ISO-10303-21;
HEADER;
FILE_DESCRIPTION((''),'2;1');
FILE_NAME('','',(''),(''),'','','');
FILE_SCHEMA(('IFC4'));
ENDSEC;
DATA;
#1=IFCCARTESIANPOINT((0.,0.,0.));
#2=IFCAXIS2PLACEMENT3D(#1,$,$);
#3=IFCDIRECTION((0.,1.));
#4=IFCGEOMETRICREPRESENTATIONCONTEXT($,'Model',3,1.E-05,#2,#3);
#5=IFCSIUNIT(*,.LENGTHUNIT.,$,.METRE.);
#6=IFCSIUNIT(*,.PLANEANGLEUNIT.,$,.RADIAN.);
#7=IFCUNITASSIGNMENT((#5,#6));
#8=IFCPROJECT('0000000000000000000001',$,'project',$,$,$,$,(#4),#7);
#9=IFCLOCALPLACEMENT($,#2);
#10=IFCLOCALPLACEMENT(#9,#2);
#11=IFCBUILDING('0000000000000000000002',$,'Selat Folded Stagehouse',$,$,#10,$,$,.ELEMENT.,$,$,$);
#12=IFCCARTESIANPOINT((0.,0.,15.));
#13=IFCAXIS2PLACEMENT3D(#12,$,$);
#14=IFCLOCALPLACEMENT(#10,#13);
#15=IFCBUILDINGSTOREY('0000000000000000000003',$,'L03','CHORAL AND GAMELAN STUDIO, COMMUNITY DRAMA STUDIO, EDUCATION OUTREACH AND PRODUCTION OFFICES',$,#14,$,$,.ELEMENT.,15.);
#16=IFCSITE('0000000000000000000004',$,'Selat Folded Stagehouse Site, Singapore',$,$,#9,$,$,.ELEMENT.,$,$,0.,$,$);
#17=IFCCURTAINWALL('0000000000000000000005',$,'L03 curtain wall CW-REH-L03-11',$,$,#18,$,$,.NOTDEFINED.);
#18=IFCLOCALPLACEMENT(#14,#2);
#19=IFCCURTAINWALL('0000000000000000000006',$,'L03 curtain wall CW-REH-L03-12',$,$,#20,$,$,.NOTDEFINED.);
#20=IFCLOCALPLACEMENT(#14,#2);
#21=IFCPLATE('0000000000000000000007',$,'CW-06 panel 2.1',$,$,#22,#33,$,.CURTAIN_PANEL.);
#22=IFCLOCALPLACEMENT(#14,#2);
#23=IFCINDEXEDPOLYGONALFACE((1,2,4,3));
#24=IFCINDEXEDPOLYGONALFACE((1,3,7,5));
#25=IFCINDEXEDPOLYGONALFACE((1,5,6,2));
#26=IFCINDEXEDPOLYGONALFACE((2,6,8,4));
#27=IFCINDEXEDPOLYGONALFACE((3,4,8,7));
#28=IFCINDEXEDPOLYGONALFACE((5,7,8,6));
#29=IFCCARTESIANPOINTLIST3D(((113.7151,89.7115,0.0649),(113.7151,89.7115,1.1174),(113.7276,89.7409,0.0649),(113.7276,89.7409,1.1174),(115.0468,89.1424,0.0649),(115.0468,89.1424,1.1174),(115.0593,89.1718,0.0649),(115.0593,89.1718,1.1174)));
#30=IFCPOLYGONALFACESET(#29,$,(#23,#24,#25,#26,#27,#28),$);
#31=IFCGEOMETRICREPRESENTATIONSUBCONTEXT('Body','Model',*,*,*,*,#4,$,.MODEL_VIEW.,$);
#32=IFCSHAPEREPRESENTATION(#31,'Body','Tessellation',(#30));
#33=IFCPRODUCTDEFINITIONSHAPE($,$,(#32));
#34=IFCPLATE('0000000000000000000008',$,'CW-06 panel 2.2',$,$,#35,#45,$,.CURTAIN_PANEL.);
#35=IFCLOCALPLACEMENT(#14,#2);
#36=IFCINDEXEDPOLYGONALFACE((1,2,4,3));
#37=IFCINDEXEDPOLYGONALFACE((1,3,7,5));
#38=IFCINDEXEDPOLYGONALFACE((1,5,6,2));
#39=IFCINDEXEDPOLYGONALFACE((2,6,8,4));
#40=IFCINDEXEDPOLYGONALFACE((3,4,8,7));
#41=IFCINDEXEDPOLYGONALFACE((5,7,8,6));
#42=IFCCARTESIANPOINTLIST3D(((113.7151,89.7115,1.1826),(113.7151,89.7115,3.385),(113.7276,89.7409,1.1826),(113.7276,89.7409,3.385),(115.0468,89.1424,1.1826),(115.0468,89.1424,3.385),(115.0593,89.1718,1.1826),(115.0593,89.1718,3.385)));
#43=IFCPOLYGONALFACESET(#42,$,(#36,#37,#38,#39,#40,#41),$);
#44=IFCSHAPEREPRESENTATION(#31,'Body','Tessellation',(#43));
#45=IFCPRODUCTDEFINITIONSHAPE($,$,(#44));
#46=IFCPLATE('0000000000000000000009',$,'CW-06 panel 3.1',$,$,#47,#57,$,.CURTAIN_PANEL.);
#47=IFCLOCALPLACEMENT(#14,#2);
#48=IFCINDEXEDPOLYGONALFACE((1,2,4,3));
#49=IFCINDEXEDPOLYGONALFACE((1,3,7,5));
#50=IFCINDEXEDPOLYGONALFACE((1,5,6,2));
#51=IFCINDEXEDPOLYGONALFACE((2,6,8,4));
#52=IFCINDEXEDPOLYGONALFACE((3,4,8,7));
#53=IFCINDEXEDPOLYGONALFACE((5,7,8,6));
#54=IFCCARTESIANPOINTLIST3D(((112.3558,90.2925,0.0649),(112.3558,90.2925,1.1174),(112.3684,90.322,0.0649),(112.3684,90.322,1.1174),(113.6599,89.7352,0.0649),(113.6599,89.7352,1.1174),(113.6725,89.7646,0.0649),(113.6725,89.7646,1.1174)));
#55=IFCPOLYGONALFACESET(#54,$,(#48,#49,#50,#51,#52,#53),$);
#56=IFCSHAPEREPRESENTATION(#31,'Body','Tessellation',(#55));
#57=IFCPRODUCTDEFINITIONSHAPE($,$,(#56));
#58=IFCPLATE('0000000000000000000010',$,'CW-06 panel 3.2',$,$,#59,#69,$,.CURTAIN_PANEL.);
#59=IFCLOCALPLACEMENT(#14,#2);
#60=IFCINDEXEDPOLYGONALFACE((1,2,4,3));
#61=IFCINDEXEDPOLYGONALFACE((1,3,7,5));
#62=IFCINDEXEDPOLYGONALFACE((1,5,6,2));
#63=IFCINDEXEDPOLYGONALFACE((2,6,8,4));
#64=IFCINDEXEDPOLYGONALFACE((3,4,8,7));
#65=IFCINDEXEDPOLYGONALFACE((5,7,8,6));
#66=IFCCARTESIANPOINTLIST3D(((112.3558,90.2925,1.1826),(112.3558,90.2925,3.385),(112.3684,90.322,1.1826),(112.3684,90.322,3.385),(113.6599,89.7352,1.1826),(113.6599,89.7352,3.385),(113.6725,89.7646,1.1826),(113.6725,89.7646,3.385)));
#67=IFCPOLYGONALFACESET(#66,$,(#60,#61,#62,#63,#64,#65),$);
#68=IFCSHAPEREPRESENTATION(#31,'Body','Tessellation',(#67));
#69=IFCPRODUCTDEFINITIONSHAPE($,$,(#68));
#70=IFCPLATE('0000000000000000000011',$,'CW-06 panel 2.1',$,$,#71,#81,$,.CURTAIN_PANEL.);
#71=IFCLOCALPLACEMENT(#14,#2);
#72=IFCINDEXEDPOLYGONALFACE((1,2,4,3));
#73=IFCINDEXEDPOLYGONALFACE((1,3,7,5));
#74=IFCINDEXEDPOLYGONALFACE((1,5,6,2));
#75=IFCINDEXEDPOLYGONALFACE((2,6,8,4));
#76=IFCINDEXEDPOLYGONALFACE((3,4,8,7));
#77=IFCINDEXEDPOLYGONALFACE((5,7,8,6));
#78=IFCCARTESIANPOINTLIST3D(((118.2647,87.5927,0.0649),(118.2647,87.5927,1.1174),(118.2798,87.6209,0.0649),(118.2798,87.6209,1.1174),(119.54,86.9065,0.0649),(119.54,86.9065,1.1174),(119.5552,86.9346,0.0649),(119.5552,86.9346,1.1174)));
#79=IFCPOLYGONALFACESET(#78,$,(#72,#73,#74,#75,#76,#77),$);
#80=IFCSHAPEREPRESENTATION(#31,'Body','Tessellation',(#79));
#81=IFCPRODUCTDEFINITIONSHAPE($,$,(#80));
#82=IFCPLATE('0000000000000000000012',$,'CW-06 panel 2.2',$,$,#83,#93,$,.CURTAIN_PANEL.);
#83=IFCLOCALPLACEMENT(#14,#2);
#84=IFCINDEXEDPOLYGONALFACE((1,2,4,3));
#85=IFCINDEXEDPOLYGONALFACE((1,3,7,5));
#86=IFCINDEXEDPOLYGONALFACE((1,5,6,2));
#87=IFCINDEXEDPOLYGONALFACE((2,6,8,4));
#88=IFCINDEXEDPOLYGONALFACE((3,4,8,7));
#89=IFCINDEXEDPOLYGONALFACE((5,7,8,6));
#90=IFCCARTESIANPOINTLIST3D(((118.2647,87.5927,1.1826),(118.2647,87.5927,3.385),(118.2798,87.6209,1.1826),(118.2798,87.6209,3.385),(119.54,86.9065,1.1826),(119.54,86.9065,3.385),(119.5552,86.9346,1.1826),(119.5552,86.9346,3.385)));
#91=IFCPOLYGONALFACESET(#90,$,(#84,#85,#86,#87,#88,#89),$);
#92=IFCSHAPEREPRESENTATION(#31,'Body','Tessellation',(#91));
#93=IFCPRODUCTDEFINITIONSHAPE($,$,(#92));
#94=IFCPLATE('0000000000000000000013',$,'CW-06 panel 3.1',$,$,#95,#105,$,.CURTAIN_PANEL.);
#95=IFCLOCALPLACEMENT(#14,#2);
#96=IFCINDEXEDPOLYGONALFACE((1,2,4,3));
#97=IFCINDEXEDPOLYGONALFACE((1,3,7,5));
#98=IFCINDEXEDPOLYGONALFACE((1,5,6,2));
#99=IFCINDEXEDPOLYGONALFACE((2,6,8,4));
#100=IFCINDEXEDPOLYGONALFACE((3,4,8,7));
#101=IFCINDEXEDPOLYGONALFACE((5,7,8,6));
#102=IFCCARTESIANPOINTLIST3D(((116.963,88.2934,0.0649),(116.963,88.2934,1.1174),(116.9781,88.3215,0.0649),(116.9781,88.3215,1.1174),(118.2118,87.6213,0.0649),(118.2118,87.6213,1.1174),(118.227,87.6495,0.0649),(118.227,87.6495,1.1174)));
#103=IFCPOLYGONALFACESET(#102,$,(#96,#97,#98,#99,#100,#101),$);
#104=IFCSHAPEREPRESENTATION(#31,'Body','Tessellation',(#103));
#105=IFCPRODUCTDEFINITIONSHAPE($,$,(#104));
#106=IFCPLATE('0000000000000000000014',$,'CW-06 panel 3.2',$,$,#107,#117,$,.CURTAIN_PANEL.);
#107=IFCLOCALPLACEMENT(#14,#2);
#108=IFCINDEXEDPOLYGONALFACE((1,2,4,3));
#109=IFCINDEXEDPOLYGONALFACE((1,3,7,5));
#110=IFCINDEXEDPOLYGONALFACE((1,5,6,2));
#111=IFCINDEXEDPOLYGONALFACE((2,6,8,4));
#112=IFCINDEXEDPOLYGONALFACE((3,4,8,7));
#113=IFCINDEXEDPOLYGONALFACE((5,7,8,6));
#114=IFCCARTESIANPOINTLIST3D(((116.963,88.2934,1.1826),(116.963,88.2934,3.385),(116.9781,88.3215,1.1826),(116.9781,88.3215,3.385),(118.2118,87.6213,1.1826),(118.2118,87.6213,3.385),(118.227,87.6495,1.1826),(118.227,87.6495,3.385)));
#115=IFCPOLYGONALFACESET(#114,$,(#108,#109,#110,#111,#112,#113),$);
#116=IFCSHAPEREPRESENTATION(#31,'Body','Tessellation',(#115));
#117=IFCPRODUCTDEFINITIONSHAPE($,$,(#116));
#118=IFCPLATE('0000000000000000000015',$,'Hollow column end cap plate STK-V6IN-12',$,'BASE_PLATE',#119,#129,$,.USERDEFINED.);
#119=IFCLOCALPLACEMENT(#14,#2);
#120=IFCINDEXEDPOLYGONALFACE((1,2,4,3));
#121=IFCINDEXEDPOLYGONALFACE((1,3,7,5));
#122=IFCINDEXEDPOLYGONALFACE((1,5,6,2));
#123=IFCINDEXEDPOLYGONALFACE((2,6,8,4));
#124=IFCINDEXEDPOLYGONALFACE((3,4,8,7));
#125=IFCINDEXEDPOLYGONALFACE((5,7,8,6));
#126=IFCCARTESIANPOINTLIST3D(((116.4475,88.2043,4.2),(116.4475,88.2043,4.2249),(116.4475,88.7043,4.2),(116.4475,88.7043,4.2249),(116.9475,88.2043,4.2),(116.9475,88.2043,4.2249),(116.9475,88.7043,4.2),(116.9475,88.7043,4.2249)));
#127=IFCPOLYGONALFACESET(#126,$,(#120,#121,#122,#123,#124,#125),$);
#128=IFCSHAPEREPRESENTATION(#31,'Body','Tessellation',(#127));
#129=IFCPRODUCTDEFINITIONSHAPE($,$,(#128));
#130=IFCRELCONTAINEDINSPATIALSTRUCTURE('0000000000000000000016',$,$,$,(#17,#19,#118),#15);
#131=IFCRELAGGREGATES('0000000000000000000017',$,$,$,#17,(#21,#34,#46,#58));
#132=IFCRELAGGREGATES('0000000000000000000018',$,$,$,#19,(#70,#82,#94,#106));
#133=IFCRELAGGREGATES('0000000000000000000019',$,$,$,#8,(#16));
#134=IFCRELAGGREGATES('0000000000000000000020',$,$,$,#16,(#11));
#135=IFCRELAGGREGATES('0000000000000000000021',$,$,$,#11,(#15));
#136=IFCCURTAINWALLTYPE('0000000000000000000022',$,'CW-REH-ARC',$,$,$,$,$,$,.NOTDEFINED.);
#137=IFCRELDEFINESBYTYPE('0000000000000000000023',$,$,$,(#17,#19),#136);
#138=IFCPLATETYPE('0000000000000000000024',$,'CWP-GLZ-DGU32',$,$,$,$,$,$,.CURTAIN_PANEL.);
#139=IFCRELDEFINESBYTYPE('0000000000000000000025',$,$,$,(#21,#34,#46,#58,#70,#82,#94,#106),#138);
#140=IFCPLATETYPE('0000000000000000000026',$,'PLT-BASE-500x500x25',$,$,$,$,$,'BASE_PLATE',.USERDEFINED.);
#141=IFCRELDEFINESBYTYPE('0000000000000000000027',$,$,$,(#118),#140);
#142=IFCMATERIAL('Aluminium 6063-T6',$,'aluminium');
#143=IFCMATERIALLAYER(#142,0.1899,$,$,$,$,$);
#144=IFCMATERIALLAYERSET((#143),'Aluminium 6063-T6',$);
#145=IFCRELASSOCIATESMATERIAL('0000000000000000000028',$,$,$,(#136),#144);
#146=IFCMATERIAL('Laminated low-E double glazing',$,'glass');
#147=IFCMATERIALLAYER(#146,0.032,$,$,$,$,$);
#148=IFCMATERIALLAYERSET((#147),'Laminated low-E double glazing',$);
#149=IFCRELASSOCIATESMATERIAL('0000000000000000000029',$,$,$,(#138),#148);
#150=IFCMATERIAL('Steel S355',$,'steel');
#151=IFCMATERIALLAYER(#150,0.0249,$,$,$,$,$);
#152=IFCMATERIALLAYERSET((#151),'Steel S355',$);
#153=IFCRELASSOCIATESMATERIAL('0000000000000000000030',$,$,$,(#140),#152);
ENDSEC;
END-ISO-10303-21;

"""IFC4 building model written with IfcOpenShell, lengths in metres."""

from ifc_helpers import new_model, si_unit, direction, frame, origin, origin_2d, place, context, subcontext, project, spatial, rectangle, extrude, material, layer, layer_set, type_object, element, aggregate, save


model = new_model("IFC4")

# Units and contexts
model_context = context("Model", 3, precision=1e-05, world=origin(), true_north=direction((0.0, 1.0)))
body_context = subcontext(model_context, "Body", "Model", "MODEL_VIEW")
ifc_project = project(units=[si_unit("LENGTHUNIT", "METRE"), si_unit("PLANEANGLEUNIT", "RADIAN")], contexts=[model_context])

# Site, building, storey
site_placement = place(None, origin())
site = spatial("IfcSite", under=ifc_project, at=site_placement, Name="Selat Folded Stagehouse Site, Singapore", CompositionType="ELEMENT", RefElevation=0.0)
building_placement = place(site_placement, origin())
building = spatial("IfcBuilding", under=site, at=building_placement, Name="Selat Folded Stagehouse", CompositionType="ELEMENT")
storey_placement = place(building_placement, frame((0.0, 0.0, 15.0)))
storey = spatial("IfcBuildingStorey", under=building, at=storey_placement, Name="L03", Description="CHORAL AND GAMELAN STUDIO, COMMUNITY DRAMA STUDIO, EDUCATION OUTREACH AND PRODUCTION OFFICES", CompositionType="ELEMENT", Elevation=15.0)

# Shared definitions
ifc_material_1 = material(Name="Steel S355", Category="steel")

# Curtain walls
ifc_material_2 = material(Name="Aluminium 6063-T6", Category="aluminium")
ifc_layer_1 = layer(ifc_material_2, 0.1899)
ifc_layer_set_1 = layer_set([ifc_layer_1], Name="Aluminium 6063-T6")
curtain_wall_type = type_object("IfcCurtainWallType", Name="CW-REH-ARC", PredefinedType="NOTDEFINED", material=ifc_layer_set_1)
curtain_wall_1_placement = place(storey_placement, origin())
curtain_wall_1 = element("IfcCurtainWall", 1, at=curtain_wall_1_placement, inside=storey, type_object=curtain_wall_type, Name="L03 curtain wall CW-REH-L03-11", PredefinedType="NOTDEFINED")
curtain_wall_2_placement = place(storey_placement, origin())
curtain_wall_2 = element("IfcCurtainWall", 2, at=curtain_wall_2_placement, inside=storey, type_object=curtain_wall_type, Name="L03 curtain wall CW-REH-L03-12", PredefinedType="NOTDEFINED")

# Plates
ifc_material_3 = material(Name="Laminated low-E double glazing", Category="glass")
ifc_layer_2 = layer(ifc_material_3, 0.032)
ifc_layer_set_2 = layer_set([ifc_layer_2], Name="Laminated low-E double glazing")
plate_type_1 = type_object("IfcPlateType", Name="CWP-GLZ-DGU32", PredefinedType="CURTAIN_PANEL", material=ifc_layer_set_2)
plate_1_placement = place(storey_placement, frame((114.3872, 89.4417, 0.0649), z_axis=(0.0, 0.0, 1.0), x_axis=(-0.919533, 0.393012, 0.0)))
plate_1 = element("IfcPlate", 3, at=plate_1_placement, type_object=plate_type_1, Name="CW-06 panel 2.1", PredefinedType="CURTAIN_PANEL", context=body_context, shape_type="SweptSolid", body=[
    extrude(rectangle(XDim=1.4482, YDim=0.032, at=origin_2d()), origin(), (0.0, 0.0, 1.0), 1.0525),
])
plate_2_placement = place(storey_placement, frame((114.3872, 89.4417, 1.1826), z_axis=(0.0, 0.0, 1.0), x_axis=(-0.919533, 0.393012, 0.0)))
plate_2 = element("IfcPlate", 4, at=plate_2_placement, type_object=plate_type_1, Name="CW-06 panel 2.2", PredefinedType="CURTAIN_PANEL", context=body_context, shape_type="SweptSolid", body=[
    extrude(rectangle(XDim=1.4482, YDim=0.032, at=origin_2d()), origin(), (0.0, 0.0, 1.0), 2.2024),
])
plate_3_placement = place(storey_placement, frame((113.0142, 90.0286, 0.0649), z_axis=(0.0, 0.0, 1.0), x_axis=(-0.919533, 0.393012, 0.0)))
plate_3 = element("IfcPlate", 5, at=plate_3_placement, type_object=plate_type_1, Name="CW-06 panel 3.1", PredefinedType="CURTAIN_PANEL", context=body_context, shape_type="SweptSolid", body=[
    extrude(rectangle(XDim=1.4182, YDim=0.032, at=origin_2d()), origin(), (0.0, 0.0, 1.0), 1.0525),
])
plate_4_placement = place(storey_placement, frame((113.0142, 90.0286, 1.1826), z_axis=(0.0, 0.0, 1.0), x_axis=(-0.919533, 0.393012, 0.0)))
plate_4 = element("IfcPlate", 6, at=plate_4_placement, type_object=plate_type_1, Name="CW-06 panel 3.2", PredefinedType="CURTAIN_PANEL", context=body_context, shape_type="SweptSolid", body=[
    extrude(rectangle(XDim=1.4182, YDim=0.032, at=origin_2d()), origin(), (0.0, 0.0, 1.0), 2.2024),
])
aggregate(curtain_wall_1, [plate_1, plate_2, plate_3, plate_4])
plate_5_placement = place(storey_placement, frame((118.9099, 87.2637, 0.0649), z_axis=(0.0, 0.0, 1.0), x_axis=(-0.880601, 0.473859, 0.0)))
plate_5 = element("IfcPlate", 7, at=plate_5_placement, type_object=plate_type_1, Name="CW-06 panel 2.1", PredefinedType="CURTAIN_PANEL", context=body_context, shape_type="SweptSolid", body=[
    extrude(rectangle(XDim=1.4482, YDim=0.032, at=origin_2d()), origin(), (0.0, 0.0, 1.0), 1.0525),
])
plate_6_placement = place(storey_placement, frame((118.9099, 87.2637, 1.1826), z_axis=(0.0, 0.0, 1.0), x_axis=(-0.880601, 0.473859, 0.0)))
plate_6 = element("IfcPlate", 8, at=plate_6_placement, type_object=plate_type_1, Name="CW-06 panel 2.2", PredefinedType="CURTAIN_PANEL", context=body_context, shape_type="SweptSolid", body=[
    extrude(rectangle(XDim=1.4482, YDim=0.032, at=origin_2d()), origin(), (0.0, 0.0, 1.0), 2.2024),
])
plate_7_placement = place(storey_placement, frame((117.595, 87.9714, 0.0649), z_axis=(0.0, 0.0, 1.0), x_axis=(-0.880601, 0.473859, 0.0)))
plate_7 = element("IfcPlate", 9, at=plate_7_placement, type_object=plate_type_1, Name="CW-06 panel 3.1", PredefinedType="CURTAIN_PANEL", context=body_context, shape_type="SweptSolid", body=[
    extrude(rectangle(XDim=1.4182, YDim=0.032, at=origin_2d()), origin(), (0.0, 0.0, 1.0), 1.0525),
])
plate_8_placement = place(storey_placement, frame((117.595, 87.9714, 1.1826), z_axis=(0.0, 0.0, 1.0), x_axis=(-0.880601, 0.473859, 0.0)))
plate_8 = element("IfcPlate", 10, at=plate_8_placement, type_object=plate_type_1, Name="CW-06 panel 3.2", PredefinedType="CURTAIN_PANEL", context=body_context, shape_type="SweptSolid", body=[
    extrude(rectangle(XDim=1.4182, YDim=0.032, at=origin_2d()), origin(), (0.0, 0.0, 1.0), 2.2024),
])
aggregate(curtain_wall_2, [plate_5, plate_6, plate_7, plate_8])
ifc_layer_3 = layer(ifc_material_1, 0.0249)
ifc_layer_set_3 = layer_set([ifc_layer_3], Name="Steel S355")
plate_type_2 = type_object("IfcPlateType", Name="PLT-BASE-500x500x25", ElementType="BASE_PLATE", PredefinedType="USERDEFINED", material=ifc_layer_set_3)
plate_9_placement = place(storey_placement, frame((116.6975, 88.4543, 4.2), z_axis=(0.0, 0.0, 1.0), x_axis=(1.0, 0.0, 0.0)))
element("IfcPlate", 11, at=plate_9_placement, inside=storey, type_object=plate_type_2, Name="Hollow column end cap plate STK-V6IN-12", ObjectType="BASE_PLATE", PredefinedType="USERDEFINED", context=body_context, shape_type="SweptSolid", body=[
    extrude(rectangle(XDim=0.5, YDim=0.5, at=origin_2d()), origin(), (0.0, 0.0, 1.0), 0.0249),
])

save(model, "model.ifc")
